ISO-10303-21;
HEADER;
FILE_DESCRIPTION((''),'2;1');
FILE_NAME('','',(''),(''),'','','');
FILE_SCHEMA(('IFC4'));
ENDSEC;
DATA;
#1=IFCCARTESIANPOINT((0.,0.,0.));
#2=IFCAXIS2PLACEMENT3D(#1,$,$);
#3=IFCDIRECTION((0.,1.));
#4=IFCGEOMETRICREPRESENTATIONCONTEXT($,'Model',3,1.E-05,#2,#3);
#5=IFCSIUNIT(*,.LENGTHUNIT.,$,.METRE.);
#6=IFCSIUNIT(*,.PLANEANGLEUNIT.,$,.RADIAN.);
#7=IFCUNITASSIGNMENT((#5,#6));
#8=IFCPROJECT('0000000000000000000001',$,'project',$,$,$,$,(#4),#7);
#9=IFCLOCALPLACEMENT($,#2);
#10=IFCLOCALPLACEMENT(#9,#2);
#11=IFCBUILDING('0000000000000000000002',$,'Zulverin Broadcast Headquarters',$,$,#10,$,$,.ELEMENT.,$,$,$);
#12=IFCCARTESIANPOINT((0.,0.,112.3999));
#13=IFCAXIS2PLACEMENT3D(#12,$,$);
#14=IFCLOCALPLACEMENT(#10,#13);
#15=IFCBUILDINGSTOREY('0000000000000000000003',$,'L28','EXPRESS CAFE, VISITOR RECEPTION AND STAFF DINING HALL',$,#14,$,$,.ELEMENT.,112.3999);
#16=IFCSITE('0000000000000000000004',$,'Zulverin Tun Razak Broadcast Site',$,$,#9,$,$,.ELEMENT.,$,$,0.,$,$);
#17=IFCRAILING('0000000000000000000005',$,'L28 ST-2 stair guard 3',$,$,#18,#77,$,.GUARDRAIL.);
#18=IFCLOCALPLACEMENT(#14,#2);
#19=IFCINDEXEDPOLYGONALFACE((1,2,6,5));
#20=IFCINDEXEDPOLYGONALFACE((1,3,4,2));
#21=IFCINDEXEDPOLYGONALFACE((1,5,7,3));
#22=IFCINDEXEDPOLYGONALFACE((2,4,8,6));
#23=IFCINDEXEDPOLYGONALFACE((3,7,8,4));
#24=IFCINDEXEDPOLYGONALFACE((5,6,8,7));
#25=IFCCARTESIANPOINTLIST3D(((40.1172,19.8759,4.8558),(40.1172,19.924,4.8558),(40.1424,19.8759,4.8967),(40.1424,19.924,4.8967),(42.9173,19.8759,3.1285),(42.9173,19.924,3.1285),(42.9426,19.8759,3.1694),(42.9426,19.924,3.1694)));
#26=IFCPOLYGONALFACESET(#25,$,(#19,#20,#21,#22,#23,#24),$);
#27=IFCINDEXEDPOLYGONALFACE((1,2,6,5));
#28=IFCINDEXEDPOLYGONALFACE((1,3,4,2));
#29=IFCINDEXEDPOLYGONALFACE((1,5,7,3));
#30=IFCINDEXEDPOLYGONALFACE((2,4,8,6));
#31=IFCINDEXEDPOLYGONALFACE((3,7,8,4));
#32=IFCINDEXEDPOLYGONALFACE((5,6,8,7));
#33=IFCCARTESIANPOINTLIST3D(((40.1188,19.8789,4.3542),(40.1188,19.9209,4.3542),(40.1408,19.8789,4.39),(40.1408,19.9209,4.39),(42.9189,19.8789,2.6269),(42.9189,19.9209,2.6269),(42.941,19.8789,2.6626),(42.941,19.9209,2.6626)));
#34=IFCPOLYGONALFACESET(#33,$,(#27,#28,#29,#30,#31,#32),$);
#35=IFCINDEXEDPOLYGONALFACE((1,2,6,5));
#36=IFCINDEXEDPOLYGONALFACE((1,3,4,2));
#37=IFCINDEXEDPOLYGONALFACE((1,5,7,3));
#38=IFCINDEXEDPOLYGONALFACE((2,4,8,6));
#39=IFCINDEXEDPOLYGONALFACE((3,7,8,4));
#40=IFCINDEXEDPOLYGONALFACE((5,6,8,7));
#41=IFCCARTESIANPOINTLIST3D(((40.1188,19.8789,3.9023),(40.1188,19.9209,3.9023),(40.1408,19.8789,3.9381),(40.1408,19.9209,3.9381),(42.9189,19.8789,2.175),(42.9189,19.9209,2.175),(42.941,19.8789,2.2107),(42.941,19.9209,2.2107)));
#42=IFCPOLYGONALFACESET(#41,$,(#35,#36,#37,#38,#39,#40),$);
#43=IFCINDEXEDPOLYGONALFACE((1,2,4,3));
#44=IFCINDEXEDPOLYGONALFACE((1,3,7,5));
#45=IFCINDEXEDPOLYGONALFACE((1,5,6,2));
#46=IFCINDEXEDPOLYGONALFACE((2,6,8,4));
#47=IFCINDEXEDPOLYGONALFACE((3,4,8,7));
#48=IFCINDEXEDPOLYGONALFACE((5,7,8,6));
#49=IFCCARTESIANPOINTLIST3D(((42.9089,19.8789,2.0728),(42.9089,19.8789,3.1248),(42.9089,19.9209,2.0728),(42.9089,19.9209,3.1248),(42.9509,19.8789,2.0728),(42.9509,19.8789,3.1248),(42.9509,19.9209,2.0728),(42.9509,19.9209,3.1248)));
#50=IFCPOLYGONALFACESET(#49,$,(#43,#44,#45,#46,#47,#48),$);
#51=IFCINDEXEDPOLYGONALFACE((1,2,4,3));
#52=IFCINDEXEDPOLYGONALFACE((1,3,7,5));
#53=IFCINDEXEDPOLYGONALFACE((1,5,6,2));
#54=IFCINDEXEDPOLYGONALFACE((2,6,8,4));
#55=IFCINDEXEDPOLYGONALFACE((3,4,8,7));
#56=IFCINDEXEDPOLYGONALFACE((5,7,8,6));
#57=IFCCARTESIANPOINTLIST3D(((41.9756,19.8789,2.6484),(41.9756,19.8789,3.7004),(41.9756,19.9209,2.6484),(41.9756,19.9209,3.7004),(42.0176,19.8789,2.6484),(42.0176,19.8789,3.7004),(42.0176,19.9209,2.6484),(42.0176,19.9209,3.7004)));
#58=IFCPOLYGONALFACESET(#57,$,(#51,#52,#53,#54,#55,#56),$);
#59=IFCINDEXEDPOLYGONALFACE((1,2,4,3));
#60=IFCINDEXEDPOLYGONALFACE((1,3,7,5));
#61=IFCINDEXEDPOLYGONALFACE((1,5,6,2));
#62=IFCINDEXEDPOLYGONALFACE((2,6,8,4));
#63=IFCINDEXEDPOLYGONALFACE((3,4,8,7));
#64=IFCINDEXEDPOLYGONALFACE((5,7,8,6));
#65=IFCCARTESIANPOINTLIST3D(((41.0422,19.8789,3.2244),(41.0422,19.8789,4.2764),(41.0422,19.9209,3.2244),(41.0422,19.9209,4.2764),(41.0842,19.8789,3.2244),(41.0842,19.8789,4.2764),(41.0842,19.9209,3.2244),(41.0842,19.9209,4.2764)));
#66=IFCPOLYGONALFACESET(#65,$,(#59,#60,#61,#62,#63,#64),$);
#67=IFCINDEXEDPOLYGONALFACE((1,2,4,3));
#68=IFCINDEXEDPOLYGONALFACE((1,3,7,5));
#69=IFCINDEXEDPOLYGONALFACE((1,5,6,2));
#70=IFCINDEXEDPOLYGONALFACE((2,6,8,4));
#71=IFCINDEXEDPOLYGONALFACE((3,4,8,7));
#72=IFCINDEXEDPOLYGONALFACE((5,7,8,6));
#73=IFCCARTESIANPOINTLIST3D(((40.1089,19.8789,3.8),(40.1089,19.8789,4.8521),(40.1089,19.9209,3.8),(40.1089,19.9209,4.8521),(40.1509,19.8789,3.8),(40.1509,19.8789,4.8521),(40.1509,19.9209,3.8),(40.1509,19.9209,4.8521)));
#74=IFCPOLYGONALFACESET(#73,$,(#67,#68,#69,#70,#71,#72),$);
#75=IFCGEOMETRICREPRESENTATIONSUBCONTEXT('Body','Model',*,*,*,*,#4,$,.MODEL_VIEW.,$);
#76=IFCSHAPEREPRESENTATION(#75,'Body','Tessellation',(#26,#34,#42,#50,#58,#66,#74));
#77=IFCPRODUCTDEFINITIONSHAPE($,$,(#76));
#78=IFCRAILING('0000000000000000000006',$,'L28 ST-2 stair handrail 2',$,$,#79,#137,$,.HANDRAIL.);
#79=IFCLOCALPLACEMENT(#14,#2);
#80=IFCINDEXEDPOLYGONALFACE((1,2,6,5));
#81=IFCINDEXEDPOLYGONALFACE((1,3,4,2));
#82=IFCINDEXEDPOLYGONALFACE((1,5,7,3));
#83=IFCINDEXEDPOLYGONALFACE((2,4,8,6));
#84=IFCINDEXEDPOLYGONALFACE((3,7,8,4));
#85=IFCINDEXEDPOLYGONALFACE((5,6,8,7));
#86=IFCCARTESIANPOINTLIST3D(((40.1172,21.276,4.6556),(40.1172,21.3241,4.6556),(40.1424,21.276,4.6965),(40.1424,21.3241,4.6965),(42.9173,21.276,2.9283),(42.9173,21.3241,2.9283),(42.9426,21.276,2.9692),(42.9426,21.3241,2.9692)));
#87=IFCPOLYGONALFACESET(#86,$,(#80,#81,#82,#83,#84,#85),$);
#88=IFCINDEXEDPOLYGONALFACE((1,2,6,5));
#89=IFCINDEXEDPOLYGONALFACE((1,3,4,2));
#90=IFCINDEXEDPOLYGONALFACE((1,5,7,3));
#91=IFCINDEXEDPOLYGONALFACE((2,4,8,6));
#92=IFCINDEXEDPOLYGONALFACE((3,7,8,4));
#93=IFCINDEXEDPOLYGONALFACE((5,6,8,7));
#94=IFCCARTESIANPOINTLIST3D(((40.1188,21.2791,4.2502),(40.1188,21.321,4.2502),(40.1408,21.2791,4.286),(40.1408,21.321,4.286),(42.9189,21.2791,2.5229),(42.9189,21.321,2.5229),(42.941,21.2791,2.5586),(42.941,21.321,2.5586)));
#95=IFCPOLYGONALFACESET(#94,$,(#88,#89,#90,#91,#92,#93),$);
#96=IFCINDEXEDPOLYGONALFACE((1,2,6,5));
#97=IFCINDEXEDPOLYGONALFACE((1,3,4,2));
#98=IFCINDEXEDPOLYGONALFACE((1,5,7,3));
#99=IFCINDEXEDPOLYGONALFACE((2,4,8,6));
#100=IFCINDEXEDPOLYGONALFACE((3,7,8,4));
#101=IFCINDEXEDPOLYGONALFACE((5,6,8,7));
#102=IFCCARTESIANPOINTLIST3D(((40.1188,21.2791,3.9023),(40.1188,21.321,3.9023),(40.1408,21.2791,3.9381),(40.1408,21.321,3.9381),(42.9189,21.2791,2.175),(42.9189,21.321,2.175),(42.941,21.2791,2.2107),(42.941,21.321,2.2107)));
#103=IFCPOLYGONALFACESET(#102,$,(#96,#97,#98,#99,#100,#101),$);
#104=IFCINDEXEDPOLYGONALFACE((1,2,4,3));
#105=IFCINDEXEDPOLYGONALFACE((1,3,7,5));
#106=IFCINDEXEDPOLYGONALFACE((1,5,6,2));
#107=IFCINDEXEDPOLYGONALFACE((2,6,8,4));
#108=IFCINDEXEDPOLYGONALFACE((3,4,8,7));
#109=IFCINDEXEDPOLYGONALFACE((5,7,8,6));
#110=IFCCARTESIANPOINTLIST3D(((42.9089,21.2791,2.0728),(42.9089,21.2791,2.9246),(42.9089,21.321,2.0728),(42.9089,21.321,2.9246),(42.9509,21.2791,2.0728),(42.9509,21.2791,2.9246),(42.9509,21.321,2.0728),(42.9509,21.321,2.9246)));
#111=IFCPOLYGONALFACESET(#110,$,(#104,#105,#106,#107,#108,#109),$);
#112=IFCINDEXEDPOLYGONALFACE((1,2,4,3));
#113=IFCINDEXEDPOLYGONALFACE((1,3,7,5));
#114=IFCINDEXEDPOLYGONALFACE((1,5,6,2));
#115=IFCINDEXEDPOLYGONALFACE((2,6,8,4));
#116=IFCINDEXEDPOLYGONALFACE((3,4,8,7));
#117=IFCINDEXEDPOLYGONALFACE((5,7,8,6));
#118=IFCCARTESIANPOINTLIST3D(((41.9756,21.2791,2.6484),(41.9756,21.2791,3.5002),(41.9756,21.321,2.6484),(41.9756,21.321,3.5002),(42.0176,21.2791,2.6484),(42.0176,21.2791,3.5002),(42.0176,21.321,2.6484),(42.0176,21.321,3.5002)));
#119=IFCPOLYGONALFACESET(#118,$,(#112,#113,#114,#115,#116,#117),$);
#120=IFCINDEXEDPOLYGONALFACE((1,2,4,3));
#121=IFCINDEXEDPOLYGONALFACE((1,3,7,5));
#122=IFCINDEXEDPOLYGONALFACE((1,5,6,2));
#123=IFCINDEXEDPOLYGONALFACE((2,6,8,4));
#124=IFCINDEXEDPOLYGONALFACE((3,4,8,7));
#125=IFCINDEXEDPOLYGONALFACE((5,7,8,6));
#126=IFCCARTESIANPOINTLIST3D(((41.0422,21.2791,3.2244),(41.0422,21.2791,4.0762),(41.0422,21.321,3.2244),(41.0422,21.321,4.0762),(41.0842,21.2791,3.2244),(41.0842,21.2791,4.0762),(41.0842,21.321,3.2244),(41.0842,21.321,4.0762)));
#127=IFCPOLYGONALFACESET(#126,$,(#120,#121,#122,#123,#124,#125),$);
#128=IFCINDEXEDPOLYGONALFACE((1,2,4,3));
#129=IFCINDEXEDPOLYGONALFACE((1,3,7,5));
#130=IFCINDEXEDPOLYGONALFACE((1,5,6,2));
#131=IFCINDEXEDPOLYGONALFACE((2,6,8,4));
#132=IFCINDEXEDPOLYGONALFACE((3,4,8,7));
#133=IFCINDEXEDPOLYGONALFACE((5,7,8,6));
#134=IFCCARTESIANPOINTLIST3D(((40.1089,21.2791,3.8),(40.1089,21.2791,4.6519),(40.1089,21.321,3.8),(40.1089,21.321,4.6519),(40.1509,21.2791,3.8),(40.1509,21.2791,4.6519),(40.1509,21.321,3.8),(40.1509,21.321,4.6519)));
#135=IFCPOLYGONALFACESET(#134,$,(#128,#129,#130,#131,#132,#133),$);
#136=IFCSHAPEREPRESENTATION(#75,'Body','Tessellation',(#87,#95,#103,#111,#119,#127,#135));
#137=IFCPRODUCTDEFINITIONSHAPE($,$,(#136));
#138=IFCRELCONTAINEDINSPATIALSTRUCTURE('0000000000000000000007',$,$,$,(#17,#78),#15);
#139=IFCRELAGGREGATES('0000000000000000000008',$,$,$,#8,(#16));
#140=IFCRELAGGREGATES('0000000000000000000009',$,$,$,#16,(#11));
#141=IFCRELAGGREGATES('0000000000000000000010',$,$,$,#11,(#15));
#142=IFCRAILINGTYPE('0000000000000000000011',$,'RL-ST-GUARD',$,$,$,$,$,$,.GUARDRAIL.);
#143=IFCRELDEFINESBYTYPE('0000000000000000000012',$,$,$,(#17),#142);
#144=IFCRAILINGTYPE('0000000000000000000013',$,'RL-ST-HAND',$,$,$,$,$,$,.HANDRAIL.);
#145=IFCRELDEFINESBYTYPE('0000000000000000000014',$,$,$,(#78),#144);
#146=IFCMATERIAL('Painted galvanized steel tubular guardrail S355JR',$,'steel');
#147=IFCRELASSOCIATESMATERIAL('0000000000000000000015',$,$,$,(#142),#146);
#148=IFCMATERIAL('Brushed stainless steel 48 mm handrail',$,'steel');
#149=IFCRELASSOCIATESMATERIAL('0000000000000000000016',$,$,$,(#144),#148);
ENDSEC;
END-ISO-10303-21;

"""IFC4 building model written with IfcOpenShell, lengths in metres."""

from ifc_helpers import new_model, si_unit, direction, frame, origin, origin_2d, place, context, subcontext, project, spatial, rectangle, extrude, material, type_object, element, save


model = new_model("IFC4")

# Units and contexts
model_context = context("Model", 3, precision=1e-05, world=origin(), true_north=direction((0.0, 1.0)))
body_context = subcontext(model_context, "Body", "Model", "MODEL_VIEW")
ifc_project = project(units=[si_unit("LENGTHUNIT", "METRE"), si_unit("PLANEANGLEUNIT", "RADIAN")], contexts=[model_context])

# Site, building, storey
site_placement = place(None, origin())
site = spatial("IfcSite", under=ifc_project, at=site_placement, Name="Zulverin Tun Razak Broadcast Site", CompositionType="ELEMENT", RefElevation=0.0)
building_placement = place(site_placement, origin())
building = spatial("IfcBuilding", under=site, at=building_placement, Name="Zulverin Broadcast Headquarters", CompositionType="ELEMENT")
storey_placement = place(building_placement, frame((0.0, 0.0, 112.3999)))
storey = spatial("IfcBuildingStorey", under=building, at=storey_placement, Name="L28", Description="EXPRESS CAFE, VISITOR RECEPTION AND STAFF DINING HALL", CompositionType="ELEMENT", Elevation=112.3999)

# Railings
ifc_material_1 = material(Name="Painted galvanized steel tubular guardrail S355JR", Category="steel")
railing_type_1 = type_object("IfcRailingType", Name="RL-ST-GUARD", PredefinedType="GUARDRAIL", material=ifc_material_1)
railing_1_placement = place(storey_placement, frame((42.9299, 19.8999, 2.0728)))
element("IfcRailing", 1, at=railing_1_placement, inside=storey, type_object=railing_type_1, Name="L28 ST-2 stair guard 3", PredefinedType="GUARDRAIL", context=body_context, shape_type="SweptSolid", body=[
    extrude(rectangle(XDim=0.0481, YDim=0.0481, at=origin_2d()), frame((0.0, 0.0, 1.0762), z_axis=(-0.85109, 0.0, 0.52502), x_axis=(0.0, -1.0, 0.0)), (0.0, 0.0, 1.0), 3.29),
    extrude(rectangle(XDim=0.042, YDim=0.042, at=origin_2d()), frame((0.0, 0.0, 0.572), z_axis=(-0.85109, 0.0, 0.52502), x_axis=(0.0, -1.0, 0.0)), (0.0, 0.0, 1.0), 3.29),
    extrude(rectangle(XDim=0.042, YDim=0.042, at=origin_2d()), frame((0.0, 0.0, 0.1201), z_axis=(-0.85109, 0.0, 0.52502), x_axis=(0.0, -1.0, 0.0)), (0.0, 0.0, 1.0), 3.29),
    extrude(rectangle(XDim=0.042, YDim=0.042, at=origin_2d()), origin(), (0.0, 0.0, 1.0), 1.052),
    extrude(rectangle(XDim=0.042, YDim=0.042, at=origin_2d()), frame((-0.9333, 0.0, 0.5757)), (0.0, 0.0, 1.0), 1.052),
    extrude(rectangle(XDim=0.042, YDim=0.042, at=origin_2d()), frame((-1.8667, 0.0, 1.1516)), (0.0, 0.0, 1.0), 1.052),
    extrude(rectangle(XDim=0.042, YDim=0.042, at=origin_2d()), frame((-2.8, 0.0, 1.7273)), (0.0, 0.0, 1.0), 1.052),
])
ifc_material_2 = material(Name="Brushed stainless steel 48 mm handrail", Category="steel")
railing_type_2 = type_object("IfcRailingType", Name="RL-ST-HAND", PredefinedType="HANDRAIL", material=ifc_material_2)
railing_2_placement = place(storey_placement, frame((42.9299, 21.3, 2.0728)))
element("IfcRailing", 2, at=railing_2_placement, inside=storey, type_object=railing_type_2, Name="L28 ST-2 stair handrail 2", PredefinedType="HANDRAIL", context=body_context, shape_type="SweptSolid", body=[
    extrude(rectangle(XDim=0.0481, YDim=0.0481, at=origin_2d()), frame((0.0, 0.0, 0.876), z_axis=(-0.85109, 0.0, 0.52502), x_axis=(0.0, -1.0, 0.0)), (0.0, 0.0, 1.0), 3.29),
    extrude(rectangle(XDim=0.042, YDim=0.042, at=origin_2d()), frame((0.0, 0.0, 0.468), z_axis=(-0.85109, 0.0, 0.52502), x_axis=(0.0, -1.0, 0.0)), (0.0, 0.0, 1.0), 3.29),
    extrude(rectangle(XDim=0.042, YDim=0.042, at=origin_2d()), frame((0.0, 0.0, 0.1201), z_axis=(-0.85109, 0.0, 0.52502), x_axis=(0.0, -1.0, 0.0)), (0.0, 0.0, 1.0), 3.29),
    extrude(rectangle(XDim=0.042, YDim=0.042, at=origin_2d()), origin(), (0.0, 0.0, 1.0), 0.8518),
    extrude(rectangle(XDim=0.042, YDim=0.042, at=origin_2d()), frame((-0.9333, 0.0, 0.5757)), (0.0, 0.0, 1.0), 0.8518),
    extrude(rectangle(XDim=0.042, YDim=0.042, at=origin_2d()), frame((-1.8667, 0.0, 1.1516)), (0.0, 0.0, 1.0), 0.8518),
    extrude(rectangle(XDim=0.042, YDim=0.042, at=origin_2d()), frame((-2.8, 0.0, 1.7273)), (0.0, 0.0, 1.0), 0.8518),
])

save(model, "model.ifc")
